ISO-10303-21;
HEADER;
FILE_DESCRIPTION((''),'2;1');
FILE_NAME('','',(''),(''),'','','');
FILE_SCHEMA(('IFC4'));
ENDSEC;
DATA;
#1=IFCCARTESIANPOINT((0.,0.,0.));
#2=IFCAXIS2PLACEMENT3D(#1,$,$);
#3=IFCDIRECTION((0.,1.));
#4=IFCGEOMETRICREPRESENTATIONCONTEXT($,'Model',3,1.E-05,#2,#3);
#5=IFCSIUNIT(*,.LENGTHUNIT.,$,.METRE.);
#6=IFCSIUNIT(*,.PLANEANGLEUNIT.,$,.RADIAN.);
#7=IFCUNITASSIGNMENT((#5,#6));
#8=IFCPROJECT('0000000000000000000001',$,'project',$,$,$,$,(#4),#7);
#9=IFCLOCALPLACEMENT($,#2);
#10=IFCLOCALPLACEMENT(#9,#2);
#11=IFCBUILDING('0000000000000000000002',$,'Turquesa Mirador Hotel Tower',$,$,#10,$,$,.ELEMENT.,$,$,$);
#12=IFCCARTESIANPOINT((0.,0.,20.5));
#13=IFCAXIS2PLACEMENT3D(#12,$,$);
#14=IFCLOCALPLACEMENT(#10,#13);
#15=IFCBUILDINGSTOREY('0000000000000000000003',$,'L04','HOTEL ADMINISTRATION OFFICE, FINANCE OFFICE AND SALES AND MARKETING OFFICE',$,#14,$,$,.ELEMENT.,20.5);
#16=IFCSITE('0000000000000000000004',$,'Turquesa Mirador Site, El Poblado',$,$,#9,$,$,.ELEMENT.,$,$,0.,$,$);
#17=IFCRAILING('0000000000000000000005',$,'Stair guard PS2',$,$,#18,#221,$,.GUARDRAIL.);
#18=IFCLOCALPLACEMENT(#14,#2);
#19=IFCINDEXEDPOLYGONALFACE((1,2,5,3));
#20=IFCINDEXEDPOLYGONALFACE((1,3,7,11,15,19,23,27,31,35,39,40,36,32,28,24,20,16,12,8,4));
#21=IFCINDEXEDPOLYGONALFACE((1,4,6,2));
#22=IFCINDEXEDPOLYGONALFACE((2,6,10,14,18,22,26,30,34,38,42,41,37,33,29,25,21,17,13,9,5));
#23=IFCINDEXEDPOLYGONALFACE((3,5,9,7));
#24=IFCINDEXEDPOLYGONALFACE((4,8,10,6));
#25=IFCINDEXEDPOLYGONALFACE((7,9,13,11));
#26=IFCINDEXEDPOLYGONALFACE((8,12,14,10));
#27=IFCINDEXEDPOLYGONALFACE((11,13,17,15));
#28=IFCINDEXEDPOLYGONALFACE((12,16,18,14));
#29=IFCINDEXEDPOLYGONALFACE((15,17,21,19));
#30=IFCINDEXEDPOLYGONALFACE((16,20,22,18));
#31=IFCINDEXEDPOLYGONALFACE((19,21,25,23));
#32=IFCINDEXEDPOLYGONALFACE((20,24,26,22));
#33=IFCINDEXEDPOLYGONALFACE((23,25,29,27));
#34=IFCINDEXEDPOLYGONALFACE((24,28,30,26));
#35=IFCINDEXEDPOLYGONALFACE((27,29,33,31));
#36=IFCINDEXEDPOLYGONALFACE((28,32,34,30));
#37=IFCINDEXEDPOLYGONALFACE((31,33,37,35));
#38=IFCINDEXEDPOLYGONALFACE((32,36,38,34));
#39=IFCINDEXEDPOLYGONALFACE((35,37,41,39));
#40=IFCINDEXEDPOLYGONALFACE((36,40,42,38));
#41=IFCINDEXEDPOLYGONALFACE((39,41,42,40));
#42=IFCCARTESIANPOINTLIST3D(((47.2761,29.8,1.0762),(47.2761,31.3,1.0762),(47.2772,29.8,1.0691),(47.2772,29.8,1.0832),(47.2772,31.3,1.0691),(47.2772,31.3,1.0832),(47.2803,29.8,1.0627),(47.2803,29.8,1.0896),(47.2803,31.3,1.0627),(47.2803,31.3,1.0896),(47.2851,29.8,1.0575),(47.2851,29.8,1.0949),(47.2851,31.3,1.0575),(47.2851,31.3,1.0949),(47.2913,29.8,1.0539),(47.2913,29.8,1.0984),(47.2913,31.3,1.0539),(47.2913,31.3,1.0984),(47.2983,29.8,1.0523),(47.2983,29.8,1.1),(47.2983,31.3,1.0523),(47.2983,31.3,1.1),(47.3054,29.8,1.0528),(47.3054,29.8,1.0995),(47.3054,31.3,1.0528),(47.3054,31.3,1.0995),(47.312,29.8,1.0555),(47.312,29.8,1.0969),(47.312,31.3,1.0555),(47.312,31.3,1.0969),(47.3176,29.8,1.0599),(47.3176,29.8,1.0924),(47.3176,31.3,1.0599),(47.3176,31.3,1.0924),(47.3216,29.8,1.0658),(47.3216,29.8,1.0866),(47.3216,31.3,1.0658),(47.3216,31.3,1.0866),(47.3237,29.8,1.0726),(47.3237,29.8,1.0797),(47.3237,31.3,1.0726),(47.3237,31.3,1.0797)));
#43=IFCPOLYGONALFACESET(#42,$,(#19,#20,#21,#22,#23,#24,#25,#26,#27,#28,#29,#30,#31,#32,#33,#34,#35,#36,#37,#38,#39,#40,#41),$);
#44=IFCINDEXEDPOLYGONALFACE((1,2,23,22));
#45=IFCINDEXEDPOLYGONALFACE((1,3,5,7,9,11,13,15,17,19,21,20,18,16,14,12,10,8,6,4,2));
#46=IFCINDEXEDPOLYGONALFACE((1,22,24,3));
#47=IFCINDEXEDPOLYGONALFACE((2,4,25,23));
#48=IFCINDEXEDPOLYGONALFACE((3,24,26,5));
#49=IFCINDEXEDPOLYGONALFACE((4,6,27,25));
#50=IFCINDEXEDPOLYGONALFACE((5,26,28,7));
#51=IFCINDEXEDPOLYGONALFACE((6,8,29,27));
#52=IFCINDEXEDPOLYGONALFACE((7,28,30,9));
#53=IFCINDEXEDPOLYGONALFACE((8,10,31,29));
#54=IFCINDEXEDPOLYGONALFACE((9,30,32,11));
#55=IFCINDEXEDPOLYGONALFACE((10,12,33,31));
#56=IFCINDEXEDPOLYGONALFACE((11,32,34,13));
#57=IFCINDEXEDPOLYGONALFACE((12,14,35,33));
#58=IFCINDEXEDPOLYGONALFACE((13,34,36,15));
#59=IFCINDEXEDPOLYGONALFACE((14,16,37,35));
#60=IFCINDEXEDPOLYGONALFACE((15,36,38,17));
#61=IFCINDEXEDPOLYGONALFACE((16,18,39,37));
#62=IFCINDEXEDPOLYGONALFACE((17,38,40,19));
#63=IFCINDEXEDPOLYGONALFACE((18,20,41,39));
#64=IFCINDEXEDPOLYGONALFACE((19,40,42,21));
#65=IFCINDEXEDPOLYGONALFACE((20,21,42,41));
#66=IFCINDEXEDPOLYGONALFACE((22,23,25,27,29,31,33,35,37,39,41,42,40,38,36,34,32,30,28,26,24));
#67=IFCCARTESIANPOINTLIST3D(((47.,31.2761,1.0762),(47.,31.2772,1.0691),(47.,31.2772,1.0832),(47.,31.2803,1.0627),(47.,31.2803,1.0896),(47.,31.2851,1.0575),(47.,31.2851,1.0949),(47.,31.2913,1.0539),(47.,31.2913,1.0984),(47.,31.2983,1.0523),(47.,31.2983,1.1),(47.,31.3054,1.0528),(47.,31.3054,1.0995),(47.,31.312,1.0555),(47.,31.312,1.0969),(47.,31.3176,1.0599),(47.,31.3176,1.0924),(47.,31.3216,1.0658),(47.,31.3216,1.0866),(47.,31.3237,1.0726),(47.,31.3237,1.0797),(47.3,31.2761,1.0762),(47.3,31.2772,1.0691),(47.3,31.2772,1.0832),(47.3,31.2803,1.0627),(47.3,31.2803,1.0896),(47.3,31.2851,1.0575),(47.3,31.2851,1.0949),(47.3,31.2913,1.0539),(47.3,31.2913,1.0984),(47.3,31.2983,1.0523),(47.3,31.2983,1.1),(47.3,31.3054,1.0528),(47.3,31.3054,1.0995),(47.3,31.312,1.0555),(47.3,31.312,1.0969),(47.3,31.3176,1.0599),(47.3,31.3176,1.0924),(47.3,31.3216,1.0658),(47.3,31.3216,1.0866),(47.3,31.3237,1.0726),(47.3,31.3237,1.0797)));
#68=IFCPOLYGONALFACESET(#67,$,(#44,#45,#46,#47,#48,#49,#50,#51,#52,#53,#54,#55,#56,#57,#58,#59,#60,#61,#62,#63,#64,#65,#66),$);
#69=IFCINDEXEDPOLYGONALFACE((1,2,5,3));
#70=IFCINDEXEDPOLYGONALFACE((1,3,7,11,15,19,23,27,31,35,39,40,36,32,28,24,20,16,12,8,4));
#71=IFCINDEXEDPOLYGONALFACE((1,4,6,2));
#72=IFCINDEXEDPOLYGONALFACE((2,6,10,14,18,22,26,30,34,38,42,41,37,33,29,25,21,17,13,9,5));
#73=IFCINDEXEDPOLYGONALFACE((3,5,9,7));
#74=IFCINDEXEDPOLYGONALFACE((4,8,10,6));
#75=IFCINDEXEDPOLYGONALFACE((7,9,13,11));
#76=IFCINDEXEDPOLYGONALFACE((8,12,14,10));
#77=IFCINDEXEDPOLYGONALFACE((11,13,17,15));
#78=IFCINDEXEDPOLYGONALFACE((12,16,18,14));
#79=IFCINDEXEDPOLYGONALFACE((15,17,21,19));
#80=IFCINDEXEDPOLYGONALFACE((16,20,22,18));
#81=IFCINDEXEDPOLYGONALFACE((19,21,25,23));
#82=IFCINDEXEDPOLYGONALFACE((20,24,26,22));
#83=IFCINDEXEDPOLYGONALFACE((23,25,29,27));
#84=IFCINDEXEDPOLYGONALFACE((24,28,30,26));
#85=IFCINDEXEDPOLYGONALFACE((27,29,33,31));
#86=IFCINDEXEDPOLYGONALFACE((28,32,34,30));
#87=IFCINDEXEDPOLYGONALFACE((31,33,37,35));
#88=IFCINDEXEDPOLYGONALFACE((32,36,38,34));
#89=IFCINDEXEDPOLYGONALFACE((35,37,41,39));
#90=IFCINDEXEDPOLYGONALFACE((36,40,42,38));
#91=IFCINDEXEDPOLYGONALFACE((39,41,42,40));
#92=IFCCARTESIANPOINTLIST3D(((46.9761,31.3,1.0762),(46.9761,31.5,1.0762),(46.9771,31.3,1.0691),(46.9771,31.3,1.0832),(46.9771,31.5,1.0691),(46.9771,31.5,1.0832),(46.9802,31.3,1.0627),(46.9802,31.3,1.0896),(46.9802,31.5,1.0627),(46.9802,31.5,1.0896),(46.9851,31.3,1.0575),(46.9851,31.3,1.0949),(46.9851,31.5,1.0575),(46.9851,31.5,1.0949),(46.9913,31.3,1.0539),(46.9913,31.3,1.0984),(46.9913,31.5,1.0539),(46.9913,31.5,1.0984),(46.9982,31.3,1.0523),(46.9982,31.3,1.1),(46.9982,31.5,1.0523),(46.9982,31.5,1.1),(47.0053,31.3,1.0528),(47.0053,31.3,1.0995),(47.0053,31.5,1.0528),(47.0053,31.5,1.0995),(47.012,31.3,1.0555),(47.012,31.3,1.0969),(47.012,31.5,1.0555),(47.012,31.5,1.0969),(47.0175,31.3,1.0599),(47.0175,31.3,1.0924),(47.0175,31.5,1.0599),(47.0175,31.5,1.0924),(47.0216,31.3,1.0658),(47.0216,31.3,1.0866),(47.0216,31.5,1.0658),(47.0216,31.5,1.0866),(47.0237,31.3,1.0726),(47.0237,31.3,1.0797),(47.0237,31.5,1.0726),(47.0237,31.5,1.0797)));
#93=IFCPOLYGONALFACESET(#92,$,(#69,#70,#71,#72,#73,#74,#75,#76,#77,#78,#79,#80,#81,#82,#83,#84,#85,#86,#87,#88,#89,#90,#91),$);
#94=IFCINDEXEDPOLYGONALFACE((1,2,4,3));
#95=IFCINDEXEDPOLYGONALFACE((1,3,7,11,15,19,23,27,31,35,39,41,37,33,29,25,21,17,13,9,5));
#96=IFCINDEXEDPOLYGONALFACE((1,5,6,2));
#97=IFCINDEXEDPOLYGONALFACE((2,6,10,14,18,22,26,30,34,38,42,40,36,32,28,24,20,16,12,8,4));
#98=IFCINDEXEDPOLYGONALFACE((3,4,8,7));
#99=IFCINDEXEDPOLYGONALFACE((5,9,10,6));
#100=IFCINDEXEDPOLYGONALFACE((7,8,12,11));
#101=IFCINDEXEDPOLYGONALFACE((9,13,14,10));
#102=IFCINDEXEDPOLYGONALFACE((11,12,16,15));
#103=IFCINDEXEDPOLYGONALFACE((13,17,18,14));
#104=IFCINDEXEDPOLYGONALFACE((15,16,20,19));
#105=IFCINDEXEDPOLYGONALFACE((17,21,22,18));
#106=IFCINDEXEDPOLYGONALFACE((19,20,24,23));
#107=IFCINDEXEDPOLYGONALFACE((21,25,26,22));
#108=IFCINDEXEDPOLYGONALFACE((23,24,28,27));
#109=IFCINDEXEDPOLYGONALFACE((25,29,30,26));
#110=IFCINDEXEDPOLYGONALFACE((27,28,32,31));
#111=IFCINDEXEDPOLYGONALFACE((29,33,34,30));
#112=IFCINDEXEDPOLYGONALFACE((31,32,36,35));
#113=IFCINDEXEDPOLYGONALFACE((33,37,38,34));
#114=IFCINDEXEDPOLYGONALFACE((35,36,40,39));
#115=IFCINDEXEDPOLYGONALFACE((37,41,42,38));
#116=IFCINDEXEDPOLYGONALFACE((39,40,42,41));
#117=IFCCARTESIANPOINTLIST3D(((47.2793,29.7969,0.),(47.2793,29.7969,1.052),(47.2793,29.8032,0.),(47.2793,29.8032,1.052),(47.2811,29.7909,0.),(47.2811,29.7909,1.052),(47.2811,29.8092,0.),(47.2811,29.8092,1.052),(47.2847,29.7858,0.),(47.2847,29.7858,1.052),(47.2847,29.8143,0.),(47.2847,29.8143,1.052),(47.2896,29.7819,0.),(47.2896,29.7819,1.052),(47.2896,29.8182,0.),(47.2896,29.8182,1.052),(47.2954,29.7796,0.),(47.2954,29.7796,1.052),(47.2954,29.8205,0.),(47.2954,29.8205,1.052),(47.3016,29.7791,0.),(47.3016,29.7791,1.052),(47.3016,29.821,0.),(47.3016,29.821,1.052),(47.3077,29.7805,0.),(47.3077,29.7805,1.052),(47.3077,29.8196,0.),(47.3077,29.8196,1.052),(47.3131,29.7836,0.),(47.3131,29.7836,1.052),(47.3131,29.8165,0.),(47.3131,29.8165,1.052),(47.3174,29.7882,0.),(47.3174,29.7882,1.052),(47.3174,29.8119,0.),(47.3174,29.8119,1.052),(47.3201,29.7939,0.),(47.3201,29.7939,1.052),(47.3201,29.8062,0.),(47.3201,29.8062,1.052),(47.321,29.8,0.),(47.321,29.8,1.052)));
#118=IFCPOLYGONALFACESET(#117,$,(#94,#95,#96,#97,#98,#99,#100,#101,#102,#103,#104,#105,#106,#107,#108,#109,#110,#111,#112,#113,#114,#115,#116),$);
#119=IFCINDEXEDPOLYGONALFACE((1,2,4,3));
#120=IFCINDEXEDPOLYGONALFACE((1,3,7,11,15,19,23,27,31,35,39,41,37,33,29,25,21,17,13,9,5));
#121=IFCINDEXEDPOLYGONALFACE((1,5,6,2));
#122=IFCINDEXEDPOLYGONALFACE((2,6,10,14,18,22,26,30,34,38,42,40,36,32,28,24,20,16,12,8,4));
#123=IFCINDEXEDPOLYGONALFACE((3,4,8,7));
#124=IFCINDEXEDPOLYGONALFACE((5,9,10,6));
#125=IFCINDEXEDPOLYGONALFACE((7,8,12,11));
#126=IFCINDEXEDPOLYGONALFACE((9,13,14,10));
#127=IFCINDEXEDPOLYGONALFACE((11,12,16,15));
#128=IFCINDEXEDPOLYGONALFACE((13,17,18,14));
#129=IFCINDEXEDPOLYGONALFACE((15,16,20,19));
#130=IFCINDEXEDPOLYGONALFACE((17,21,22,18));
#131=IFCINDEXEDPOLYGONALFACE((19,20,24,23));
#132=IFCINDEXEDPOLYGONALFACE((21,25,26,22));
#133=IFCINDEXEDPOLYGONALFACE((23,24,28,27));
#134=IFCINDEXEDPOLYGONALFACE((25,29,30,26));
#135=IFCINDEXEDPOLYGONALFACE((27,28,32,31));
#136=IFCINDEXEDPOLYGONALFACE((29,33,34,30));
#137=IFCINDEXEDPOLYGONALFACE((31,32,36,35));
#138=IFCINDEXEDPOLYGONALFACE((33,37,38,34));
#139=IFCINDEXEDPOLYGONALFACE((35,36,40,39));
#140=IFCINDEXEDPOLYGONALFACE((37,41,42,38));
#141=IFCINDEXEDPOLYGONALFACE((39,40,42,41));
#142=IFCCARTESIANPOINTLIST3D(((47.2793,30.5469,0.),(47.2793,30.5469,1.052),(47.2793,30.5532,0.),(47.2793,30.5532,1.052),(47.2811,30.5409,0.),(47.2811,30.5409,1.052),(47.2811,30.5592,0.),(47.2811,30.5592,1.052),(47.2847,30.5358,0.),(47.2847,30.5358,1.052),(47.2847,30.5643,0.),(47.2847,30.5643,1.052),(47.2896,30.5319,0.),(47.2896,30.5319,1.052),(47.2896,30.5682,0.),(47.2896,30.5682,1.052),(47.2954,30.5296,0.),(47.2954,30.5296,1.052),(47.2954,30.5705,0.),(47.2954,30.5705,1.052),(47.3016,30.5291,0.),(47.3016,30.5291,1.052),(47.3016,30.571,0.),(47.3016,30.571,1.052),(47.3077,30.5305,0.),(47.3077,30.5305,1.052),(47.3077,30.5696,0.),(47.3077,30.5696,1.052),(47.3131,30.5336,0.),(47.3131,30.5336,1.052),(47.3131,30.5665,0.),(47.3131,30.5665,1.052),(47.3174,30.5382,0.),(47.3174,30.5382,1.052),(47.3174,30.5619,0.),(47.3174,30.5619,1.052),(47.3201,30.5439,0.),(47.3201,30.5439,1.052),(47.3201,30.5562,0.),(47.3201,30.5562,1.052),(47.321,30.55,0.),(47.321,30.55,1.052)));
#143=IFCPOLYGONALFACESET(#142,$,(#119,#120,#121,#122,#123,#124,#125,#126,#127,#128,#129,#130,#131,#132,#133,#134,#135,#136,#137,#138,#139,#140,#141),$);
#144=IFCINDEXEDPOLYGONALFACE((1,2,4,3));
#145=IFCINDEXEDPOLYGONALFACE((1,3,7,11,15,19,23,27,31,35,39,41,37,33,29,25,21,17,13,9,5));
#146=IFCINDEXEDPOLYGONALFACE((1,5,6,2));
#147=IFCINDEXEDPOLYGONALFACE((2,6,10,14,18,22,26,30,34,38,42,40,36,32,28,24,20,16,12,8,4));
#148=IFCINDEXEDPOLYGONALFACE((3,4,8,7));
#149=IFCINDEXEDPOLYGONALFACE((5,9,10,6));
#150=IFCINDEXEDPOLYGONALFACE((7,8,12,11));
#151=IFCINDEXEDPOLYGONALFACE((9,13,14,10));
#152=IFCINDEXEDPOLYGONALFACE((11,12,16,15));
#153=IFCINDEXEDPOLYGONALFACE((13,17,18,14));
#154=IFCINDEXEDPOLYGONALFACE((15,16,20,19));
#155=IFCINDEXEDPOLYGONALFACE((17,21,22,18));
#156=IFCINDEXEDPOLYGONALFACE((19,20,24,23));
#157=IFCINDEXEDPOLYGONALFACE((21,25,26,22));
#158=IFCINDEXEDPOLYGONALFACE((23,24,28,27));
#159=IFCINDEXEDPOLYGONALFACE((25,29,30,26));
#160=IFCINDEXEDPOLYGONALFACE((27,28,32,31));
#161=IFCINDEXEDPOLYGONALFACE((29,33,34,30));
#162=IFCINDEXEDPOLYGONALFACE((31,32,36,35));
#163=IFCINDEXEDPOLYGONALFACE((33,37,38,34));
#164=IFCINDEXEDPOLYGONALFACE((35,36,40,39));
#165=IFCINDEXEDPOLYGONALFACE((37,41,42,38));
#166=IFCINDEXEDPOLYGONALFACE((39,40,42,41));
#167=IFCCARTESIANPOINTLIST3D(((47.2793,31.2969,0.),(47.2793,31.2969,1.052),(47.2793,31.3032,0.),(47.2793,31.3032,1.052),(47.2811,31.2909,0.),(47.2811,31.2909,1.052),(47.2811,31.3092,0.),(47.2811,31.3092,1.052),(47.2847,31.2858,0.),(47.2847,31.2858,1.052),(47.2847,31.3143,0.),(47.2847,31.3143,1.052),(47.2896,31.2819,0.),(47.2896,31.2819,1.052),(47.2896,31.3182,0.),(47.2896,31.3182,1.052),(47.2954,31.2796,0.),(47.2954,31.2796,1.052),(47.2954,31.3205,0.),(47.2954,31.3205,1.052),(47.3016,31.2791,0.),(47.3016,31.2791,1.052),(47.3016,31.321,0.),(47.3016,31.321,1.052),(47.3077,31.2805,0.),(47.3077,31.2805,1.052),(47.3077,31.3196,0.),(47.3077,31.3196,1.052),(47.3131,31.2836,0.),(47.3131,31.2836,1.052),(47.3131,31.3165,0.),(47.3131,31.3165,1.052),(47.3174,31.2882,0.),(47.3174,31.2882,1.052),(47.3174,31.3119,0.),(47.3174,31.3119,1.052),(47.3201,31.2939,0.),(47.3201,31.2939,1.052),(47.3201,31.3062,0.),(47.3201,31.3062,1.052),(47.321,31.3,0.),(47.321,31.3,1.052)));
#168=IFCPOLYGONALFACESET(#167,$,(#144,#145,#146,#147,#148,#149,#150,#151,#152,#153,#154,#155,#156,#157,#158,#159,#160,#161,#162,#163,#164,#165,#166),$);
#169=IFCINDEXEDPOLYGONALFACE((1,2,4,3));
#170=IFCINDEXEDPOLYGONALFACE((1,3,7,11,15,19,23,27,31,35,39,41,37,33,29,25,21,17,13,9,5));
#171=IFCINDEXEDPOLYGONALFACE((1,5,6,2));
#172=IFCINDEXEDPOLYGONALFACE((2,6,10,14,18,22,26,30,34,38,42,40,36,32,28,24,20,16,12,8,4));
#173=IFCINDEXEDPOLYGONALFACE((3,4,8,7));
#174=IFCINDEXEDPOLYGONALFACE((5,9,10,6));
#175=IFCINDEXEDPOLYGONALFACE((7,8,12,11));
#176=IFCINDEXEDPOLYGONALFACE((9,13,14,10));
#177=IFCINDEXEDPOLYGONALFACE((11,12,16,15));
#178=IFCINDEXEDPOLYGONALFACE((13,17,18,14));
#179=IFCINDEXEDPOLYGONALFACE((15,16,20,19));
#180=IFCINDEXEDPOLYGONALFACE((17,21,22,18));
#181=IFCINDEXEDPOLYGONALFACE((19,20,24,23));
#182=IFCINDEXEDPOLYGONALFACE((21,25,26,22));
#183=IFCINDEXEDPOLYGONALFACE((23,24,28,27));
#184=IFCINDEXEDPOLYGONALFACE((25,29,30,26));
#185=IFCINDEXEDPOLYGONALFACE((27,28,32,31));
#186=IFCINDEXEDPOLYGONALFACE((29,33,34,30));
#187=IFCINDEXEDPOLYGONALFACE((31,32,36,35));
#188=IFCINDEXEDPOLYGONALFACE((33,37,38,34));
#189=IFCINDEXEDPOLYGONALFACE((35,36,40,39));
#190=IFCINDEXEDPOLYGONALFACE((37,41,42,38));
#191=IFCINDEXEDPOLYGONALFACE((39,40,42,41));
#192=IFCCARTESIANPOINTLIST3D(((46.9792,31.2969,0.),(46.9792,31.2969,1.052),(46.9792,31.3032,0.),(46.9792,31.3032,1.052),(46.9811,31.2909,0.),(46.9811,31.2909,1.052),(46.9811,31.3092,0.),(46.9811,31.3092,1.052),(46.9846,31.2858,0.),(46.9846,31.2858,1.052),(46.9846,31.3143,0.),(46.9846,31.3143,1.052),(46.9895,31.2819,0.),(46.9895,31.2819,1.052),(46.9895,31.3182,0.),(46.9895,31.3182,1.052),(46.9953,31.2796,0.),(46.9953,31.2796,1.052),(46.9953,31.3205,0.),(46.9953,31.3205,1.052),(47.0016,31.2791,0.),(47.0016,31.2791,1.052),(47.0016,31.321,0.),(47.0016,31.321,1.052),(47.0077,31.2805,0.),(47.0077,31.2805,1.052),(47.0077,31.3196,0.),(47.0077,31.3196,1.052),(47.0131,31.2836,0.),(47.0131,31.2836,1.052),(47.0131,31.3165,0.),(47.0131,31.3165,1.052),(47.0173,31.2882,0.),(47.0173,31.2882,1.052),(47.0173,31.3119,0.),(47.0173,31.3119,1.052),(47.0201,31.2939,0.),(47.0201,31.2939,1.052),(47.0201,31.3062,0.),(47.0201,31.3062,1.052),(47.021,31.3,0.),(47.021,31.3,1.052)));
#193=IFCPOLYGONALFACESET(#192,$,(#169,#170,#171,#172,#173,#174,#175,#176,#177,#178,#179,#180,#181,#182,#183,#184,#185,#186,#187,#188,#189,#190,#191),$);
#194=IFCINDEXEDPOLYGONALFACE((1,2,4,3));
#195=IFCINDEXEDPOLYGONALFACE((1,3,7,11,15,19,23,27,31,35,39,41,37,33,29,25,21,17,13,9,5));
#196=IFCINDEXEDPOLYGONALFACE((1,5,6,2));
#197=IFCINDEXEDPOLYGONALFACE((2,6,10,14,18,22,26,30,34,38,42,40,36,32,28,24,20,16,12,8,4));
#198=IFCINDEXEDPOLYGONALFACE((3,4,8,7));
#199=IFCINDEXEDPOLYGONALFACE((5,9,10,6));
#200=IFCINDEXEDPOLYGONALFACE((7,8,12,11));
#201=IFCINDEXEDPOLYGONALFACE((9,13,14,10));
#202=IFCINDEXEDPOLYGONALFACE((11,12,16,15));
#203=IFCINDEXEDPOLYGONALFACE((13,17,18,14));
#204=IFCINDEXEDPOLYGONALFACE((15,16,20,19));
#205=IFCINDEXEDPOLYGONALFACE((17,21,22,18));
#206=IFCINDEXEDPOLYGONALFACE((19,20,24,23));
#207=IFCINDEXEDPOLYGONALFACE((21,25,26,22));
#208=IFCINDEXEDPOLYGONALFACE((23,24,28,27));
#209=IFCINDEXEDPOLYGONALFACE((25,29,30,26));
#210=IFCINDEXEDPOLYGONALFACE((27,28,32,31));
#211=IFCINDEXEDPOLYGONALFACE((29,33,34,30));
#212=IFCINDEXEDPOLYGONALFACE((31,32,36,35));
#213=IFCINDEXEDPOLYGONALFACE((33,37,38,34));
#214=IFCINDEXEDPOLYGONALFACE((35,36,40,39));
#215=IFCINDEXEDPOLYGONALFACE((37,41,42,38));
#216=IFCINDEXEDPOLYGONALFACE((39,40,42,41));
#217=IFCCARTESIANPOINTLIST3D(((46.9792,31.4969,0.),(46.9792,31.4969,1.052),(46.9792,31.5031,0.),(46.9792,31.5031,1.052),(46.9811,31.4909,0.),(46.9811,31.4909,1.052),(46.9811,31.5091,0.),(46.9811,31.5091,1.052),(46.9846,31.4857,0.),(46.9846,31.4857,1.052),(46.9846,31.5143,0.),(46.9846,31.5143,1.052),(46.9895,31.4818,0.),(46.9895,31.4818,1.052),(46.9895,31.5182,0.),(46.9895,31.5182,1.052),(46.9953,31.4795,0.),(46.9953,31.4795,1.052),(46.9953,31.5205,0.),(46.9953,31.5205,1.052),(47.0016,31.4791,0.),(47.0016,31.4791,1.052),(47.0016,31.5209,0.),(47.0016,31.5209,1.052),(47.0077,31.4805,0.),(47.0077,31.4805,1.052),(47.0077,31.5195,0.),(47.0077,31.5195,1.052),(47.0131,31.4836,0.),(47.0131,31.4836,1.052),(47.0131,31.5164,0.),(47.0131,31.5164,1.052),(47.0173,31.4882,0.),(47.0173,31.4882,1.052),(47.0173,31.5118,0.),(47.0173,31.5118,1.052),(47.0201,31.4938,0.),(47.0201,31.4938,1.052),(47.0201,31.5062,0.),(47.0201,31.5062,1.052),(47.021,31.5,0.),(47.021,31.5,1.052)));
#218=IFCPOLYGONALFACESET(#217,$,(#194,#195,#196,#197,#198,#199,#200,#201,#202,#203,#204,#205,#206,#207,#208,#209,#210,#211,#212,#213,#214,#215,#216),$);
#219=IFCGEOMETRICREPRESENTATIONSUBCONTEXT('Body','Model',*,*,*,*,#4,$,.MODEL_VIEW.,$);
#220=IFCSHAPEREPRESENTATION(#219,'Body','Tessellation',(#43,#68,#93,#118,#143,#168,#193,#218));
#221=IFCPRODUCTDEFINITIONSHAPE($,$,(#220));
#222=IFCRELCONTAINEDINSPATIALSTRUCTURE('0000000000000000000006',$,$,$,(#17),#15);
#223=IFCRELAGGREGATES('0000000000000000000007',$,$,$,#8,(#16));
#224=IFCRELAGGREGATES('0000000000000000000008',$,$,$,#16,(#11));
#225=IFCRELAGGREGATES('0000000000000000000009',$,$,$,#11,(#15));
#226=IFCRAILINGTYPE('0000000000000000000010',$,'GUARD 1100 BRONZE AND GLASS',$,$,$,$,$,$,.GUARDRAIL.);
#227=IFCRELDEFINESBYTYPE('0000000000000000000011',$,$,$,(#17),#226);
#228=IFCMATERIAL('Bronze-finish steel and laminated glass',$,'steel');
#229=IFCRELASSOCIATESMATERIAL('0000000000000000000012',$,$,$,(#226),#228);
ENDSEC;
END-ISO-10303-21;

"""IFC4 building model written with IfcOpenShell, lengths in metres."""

from ifc_helpers import new_model, si_unit, direction, frame, origin, origin_2d, place, context, subcontext, project, spatial, circle, extrude, material, type_object, element, save


model = new_model("IFC4")

# Units and contexts
model_context = context("Model", 3, precision=1e-05, world=origin(), true_north=direction((0.0, 1.0)))
body_context = subcontext(model_context, "Body", "Model", "MODEL_VIEW")
ifc_project = project(units=[si_unit("LENGTHUNIT", "METRE"), si_unit("PLANEANGLEUNIT", "RADIAN")], contexts=[model_context])

# Site, building, storey
site_placement = place(None, origin())
site = spatial("IfcSite", under=ifc_project, at=site_placement, Name="Turquesa Mirador Site, El Poblado", CompositionType="ELEMENT", RefElevation=0.0)
building_placement = place(site_placement, origin())
building = spatial("IfcBuilding", under=site, at=building_placement, Name="Turquesa Mirador Hotel Tower", CompositionType="ELEMENT")
storey_placement = place(building_placement, frame((0.0, 0.0, 20.5)))
storey = spatial("IfcBuildingStorey", under=building, at=storey_placement, Name="L04", Description="HOTEL ADMINISTRATION OFFICE, FINANCE OFFICE AND SALES AND MARKETING OFFICE", CompositionType="ELEMENT", Elevation=20.5)

# Railing
ifc_material_1 = material(Name="Bronze-finish steel and laminated glass", Category="steel")
railing_type = type_object("IfcRailingType", Name="GUARD 1100 BRONZE AND GLASS", PredefinedType="GUARDRAIL", material=ifc_material_1)
railing_placement = place(storey_placement, frame((47.3, 29.8, 0.0)))
element("IfcRailing", 1, at=railing_placement, inside=storey, type_object=railing_type, Name="Stair guard PS2", PredefinedType="GUARDRAIL", context=body_context, shape_type="SweptSolid", body=[
    extrude(circle(Radius=0.0239, at=origin_2d()), frame((0.0, 0.0, 1.0762), z_axis=(0.0, 1.0, 0.0), x_axis=(-1.0, 0.0, 0.0)), (0.0, 0.0, 1.0), 1.5),
    extrude(circle(Radius=0.0239, at=origin_2d()), frame((0.0, 1.5, 1.0762), z_axis=(-1.0, 0.0, 0.0), x_axis=(0.0, -1.0, 0.0)), (0.0, 0.0, 1.0), 0.3),
    extrude(circle(Radius=0.0239, at=origin_2d()), frame((-0.3, 1.5, 1.0762), z_axis=(0.0, 1.0, 0.0), x_axis=(-1.0, 0.0, 0.0)), (0.0, 0.0, 1.0), 0.2),
    extrude(circle(Radius=0.021, at=origin_2d()), origin(), (0.0, 0.0, 1.0), 1.052),
    extrude(circle(Radius=0.021, at=origin_2d()), frame((0.0, 0.75, 0.0)), (0.0, 0.0, 1.0), 1.052),
    extrude(circle(Radius=0.021, at=origin_2d()), frame((0.0, 1.5, 0.0)), (0.0, 0.0, 1.0), 1.052),
    extrude(circle(Radius=0.021, at=origin_2d()), frame((-0.3, 1.5, 0.0)), (0.0, 0.0, 1.0), 1.052),
    extrude(circle(Radius=0.021, at=origin_2d()), frame((-0.3, 1.7, 0.0)), (0.0, 0.0, 1.0), 1.052),
])

save(model, "model.ifc")
